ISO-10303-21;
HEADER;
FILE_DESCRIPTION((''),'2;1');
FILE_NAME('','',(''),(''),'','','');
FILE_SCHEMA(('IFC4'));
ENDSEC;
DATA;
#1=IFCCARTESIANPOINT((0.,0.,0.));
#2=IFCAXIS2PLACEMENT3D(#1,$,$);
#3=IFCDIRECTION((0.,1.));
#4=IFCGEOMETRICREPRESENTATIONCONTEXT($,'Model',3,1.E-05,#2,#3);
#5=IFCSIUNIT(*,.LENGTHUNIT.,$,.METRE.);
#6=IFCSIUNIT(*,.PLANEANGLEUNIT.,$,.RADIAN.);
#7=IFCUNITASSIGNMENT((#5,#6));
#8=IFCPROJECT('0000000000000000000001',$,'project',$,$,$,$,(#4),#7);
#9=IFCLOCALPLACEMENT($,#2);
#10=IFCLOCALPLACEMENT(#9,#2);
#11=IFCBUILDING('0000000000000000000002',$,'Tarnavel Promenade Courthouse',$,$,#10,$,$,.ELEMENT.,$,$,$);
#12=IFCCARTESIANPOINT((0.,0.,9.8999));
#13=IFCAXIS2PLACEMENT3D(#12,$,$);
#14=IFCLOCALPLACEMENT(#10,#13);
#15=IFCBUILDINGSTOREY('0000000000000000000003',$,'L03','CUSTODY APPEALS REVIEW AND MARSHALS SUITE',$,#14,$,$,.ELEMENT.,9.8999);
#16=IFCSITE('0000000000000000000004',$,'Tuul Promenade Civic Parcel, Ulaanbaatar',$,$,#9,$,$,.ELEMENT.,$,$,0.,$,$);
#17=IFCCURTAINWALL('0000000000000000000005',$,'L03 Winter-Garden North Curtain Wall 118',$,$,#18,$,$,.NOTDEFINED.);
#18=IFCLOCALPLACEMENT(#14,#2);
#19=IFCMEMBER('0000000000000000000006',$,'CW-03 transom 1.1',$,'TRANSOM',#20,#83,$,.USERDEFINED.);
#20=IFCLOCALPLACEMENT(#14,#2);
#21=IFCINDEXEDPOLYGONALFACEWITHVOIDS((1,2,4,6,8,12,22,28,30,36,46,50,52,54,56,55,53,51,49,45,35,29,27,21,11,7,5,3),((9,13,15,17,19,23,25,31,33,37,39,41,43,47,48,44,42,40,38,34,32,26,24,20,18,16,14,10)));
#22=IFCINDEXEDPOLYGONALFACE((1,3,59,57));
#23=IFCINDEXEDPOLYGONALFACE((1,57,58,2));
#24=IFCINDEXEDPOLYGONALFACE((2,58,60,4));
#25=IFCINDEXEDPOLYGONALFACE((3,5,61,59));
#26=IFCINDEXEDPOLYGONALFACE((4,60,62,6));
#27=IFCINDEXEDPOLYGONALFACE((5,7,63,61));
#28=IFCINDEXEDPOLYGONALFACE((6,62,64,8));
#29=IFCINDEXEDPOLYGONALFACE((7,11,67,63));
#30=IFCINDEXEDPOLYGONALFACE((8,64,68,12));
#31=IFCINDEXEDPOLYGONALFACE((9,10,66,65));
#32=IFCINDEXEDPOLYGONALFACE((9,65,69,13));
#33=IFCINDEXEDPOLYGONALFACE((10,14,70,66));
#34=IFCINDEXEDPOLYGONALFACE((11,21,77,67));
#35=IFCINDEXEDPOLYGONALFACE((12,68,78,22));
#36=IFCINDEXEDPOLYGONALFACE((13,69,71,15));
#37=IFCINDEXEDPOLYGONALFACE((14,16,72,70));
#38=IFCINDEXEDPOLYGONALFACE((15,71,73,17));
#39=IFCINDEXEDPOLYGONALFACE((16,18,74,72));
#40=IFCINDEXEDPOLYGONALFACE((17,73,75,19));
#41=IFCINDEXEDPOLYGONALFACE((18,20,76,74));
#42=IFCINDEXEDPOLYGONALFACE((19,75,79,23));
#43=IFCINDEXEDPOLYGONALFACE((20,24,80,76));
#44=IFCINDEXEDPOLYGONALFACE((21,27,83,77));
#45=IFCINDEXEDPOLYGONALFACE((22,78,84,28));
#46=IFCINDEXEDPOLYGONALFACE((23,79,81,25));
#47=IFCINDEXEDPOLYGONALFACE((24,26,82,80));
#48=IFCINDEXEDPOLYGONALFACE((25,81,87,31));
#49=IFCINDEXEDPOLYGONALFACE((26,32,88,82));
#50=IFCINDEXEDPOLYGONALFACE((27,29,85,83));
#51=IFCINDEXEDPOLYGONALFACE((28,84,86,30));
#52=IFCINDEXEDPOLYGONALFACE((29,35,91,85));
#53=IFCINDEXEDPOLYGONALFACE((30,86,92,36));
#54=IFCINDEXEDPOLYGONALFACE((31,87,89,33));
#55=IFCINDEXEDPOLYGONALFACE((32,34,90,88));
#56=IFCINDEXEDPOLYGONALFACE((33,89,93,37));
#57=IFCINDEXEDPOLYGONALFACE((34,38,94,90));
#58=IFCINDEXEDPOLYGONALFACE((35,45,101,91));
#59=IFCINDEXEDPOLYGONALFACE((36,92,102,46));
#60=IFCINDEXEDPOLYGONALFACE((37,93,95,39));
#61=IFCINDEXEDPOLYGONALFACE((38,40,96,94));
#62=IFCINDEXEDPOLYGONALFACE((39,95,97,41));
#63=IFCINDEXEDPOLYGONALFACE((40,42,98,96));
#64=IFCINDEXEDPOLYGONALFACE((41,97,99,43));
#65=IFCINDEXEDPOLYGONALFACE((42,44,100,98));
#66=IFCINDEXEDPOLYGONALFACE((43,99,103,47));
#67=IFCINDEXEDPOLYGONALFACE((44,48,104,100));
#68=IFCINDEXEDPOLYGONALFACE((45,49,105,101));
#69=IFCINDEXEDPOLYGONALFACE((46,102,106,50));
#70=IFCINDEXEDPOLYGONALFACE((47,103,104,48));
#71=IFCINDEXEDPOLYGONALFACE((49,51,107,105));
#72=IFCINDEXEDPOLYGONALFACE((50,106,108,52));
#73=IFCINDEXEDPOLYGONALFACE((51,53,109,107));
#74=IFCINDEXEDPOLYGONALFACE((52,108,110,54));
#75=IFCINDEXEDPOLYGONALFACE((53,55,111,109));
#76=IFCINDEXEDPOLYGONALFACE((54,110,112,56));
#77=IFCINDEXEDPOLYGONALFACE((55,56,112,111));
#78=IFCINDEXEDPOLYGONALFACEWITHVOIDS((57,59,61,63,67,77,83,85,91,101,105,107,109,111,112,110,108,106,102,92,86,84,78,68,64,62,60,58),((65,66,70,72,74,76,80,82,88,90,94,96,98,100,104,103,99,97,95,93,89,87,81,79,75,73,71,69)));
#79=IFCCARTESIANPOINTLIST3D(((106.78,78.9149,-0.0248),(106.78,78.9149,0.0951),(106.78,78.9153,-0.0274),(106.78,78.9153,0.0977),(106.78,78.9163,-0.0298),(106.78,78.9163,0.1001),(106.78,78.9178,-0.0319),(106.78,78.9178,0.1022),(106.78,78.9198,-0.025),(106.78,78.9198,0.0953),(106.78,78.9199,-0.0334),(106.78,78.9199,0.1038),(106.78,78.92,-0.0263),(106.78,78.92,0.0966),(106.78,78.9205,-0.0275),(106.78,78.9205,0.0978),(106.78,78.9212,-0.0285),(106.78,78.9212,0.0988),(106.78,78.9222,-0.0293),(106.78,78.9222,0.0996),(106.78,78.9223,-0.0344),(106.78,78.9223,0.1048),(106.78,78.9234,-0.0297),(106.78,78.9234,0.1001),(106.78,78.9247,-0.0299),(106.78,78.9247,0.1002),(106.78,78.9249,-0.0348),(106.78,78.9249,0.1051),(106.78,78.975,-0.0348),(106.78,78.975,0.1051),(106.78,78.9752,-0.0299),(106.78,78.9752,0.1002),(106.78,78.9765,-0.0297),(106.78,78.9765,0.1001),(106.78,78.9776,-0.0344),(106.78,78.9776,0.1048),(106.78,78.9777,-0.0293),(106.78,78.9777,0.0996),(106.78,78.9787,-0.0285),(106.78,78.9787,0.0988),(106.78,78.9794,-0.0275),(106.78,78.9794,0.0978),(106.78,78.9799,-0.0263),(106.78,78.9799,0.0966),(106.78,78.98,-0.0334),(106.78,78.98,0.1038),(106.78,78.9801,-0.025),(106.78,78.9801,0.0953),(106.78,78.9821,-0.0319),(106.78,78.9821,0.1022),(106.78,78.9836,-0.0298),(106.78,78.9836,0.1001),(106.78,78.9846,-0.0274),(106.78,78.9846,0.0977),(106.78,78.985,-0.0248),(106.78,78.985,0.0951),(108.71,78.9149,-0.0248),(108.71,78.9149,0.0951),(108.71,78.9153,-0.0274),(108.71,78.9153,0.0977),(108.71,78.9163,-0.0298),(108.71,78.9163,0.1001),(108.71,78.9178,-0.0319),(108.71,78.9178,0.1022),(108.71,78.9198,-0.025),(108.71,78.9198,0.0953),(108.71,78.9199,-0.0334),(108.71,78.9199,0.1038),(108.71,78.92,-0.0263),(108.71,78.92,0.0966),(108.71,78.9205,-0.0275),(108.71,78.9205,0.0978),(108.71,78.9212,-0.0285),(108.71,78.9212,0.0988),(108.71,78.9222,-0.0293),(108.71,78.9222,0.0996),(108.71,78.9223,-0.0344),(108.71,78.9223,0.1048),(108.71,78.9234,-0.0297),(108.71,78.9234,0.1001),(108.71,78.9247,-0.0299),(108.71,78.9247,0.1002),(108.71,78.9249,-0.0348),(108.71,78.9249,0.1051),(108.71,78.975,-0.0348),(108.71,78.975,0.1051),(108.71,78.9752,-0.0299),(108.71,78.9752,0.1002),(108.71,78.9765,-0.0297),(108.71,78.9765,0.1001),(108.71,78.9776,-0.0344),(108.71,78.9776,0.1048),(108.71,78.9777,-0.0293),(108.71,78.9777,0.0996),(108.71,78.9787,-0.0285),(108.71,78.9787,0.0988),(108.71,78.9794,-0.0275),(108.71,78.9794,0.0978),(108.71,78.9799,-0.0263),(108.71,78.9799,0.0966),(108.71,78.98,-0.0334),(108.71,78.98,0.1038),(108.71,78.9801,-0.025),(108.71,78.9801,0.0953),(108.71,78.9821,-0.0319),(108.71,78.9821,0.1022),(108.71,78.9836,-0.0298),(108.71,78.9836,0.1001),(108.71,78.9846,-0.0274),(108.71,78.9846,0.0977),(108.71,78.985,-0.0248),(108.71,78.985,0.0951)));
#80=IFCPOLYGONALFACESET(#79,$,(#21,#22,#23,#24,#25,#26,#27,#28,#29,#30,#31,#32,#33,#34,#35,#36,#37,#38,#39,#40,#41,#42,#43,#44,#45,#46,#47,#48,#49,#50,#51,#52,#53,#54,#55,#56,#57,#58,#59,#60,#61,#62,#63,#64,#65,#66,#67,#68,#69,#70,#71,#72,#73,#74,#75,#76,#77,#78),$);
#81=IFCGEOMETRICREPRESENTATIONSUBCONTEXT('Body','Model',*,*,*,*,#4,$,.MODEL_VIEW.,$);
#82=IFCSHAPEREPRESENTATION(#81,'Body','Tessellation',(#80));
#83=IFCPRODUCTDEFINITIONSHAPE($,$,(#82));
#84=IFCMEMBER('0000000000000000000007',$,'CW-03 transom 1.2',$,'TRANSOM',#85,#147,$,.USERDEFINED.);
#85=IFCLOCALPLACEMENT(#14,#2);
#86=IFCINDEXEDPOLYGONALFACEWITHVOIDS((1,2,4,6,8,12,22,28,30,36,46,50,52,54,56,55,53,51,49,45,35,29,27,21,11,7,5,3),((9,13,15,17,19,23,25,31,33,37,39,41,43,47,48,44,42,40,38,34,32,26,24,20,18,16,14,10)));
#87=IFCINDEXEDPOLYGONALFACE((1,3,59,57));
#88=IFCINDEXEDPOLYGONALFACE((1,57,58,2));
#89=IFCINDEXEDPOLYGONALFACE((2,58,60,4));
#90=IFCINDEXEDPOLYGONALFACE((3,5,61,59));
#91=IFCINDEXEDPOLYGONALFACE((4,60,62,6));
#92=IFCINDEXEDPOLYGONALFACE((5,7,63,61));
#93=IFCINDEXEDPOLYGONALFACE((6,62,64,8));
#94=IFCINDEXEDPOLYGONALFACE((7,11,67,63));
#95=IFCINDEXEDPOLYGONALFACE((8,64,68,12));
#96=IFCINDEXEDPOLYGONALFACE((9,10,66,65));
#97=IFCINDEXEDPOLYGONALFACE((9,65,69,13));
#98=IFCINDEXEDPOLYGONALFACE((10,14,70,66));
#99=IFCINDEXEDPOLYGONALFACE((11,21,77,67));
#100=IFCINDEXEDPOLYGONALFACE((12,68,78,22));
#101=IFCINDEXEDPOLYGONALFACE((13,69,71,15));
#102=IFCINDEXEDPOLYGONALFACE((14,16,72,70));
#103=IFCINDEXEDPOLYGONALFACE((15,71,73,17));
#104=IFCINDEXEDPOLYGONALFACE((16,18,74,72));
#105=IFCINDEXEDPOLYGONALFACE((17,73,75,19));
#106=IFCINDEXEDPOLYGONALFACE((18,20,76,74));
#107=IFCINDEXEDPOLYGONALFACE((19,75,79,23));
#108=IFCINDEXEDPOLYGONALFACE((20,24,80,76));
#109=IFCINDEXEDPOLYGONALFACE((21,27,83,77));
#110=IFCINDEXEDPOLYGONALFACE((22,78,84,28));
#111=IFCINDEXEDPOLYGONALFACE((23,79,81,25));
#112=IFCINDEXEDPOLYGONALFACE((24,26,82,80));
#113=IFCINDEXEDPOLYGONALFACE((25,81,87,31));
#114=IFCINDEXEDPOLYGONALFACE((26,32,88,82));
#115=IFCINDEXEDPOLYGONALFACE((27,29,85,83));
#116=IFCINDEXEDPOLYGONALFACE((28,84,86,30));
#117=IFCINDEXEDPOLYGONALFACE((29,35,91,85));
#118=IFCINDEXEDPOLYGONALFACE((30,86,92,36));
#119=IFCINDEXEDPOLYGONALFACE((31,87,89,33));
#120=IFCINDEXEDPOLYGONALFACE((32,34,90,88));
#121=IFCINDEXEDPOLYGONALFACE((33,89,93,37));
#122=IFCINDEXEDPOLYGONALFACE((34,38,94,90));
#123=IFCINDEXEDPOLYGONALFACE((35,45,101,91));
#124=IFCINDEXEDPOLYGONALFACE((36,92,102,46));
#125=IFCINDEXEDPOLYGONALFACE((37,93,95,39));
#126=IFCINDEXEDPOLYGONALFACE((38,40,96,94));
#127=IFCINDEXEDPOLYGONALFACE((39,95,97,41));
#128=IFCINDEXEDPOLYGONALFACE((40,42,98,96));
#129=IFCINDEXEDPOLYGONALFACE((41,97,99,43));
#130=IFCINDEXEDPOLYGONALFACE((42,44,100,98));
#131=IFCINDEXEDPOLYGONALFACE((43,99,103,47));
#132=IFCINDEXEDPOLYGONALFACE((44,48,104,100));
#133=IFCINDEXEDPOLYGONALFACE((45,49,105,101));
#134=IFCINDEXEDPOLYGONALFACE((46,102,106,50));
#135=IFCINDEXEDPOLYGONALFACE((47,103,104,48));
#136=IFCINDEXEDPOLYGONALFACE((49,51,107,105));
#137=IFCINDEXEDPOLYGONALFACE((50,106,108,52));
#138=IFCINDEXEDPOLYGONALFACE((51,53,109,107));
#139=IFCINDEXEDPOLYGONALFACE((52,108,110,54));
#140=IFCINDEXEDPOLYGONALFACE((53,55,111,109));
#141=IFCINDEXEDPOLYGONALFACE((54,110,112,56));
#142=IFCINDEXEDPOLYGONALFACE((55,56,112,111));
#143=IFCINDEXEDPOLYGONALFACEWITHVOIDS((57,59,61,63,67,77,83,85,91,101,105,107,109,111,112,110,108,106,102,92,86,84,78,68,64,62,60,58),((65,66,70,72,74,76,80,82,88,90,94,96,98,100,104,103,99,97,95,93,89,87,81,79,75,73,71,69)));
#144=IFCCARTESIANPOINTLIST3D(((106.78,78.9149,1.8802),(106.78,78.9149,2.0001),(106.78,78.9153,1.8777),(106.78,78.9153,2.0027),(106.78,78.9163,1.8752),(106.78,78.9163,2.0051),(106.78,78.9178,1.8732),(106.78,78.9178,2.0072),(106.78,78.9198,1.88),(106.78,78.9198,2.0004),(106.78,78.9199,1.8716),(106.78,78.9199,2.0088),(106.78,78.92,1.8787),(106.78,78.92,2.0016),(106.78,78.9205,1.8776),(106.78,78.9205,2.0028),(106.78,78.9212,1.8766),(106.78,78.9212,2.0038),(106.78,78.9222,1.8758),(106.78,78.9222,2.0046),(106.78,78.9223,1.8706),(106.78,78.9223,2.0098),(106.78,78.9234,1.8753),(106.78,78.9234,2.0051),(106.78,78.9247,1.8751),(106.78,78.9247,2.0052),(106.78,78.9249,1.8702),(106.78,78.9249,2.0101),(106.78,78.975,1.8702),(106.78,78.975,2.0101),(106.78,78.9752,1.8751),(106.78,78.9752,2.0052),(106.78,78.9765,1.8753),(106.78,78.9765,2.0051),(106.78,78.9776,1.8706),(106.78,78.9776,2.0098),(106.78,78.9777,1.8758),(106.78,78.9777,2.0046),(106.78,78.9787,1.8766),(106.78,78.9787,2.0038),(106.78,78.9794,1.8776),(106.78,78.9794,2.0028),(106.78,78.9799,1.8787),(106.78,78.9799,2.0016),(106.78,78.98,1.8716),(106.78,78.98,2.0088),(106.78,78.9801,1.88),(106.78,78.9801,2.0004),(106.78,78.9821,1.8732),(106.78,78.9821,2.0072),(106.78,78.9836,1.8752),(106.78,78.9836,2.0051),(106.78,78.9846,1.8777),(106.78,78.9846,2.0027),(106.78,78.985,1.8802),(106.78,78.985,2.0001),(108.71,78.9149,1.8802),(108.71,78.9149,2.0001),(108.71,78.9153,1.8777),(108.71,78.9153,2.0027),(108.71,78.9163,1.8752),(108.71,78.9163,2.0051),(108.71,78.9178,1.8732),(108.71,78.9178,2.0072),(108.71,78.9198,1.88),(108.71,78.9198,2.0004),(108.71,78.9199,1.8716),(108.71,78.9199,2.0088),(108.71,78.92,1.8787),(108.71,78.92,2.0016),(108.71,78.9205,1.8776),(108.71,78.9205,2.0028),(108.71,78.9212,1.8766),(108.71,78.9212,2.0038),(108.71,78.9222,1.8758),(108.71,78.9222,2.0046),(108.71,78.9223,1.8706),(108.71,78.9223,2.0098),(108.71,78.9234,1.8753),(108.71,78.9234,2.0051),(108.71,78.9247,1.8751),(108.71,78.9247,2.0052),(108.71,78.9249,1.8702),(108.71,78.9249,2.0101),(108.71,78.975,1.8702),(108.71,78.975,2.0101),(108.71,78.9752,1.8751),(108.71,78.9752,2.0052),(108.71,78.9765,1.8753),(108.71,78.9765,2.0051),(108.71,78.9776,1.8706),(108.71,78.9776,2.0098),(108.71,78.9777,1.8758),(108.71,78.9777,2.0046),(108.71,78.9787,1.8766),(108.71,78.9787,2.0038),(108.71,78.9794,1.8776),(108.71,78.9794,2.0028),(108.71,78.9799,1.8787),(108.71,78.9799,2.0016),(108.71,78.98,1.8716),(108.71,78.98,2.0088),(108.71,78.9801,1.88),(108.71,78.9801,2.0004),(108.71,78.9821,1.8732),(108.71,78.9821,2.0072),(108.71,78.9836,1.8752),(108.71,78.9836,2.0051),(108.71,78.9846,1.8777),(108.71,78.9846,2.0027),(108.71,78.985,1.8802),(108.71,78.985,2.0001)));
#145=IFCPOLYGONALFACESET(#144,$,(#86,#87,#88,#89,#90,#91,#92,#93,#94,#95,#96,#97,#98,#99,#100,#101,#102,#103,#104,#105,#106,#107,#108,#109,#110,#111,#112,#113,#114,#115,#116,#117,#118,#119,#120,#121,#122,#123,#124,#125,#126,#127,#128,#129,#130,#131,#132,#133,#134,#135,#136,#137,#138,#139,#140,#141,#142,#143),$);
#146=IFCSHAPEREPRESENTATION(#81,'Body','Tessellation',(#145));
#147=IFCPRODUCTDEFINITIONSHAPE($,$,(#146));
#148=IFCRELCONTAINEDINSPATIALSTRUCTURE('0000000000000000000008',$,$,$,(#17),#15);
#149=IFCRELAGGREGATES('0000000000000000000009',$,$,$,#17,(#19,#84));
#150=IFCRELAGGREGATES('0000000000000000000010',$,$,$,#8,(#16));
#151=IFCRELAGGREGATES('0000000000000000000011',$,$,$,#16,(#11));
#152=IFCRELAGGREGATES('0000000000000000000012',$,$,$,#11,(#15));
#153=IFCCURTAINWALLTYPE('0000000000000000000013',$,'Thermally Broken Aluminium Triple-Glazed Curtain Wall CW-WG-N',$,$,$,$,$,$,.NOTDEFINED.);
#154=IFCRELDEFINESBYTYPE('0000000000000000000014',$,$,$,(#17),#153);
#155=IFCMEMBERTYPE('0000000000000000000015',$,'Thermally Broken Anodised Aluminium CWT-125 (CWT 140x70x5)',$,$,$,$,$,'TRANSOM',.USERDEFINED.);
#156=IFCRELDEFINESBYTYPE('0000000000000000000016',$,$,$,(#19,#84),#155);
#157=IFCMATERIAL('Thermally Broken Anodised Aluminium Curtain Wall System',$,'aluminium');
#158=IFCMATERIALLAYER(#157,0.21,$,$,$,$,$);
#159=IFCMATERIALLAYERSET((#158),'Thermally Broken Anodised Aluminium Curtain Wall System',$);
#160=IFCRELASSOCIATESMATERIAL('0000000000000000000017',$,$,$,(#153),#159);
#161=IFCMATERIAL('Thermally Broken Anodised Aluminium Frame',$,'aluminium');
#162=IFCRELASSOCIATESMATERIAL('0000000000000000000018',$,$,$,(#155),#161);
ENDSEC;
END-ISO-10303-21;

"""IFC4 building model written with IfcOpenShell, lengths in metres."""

from ifc_helpers import new_model, si_unit, direction, frame, origin, origin_2d, place, context, subcontext, project, spatial, hollow_rectangle, extrude, material, layer, layer_set, material_profile, profile_set, type_object, element, aggregate, save


model = new_model("IFC4")

# Units and contexts
model_context = context("Model", 3, precision=1e-05, world=origin(), true_north=direction((0.0, 1.0)))
body_context = subcontext(model_context, "Body", "Model", "MODEL_VIEW")
ifc_project = project(units=[si_unit("LENGTHUNIT", "METRE"), si_unit("PLANEANGLEUNIT", "RADIAN")], contexts=[model_context])

# Site, building, storey
site_placement = place(None, origin())
site = spatial("IfcSite", under=ifc_project, at=site_placement, Name="Tuul Promenade Civic Parcel, Ulaanbaatar", CompositionType="ELEMENT", RefElevation=0.0)
building_placement = place(site_placement, origin())
building = spatial("IfcBuilding", under=site, at=building_placement, Name="Tarnavel Promenade Courthouse", CompositionType="ELEMENT")
storey_placement = place(building_placement, frame((0.0, 0.0, 9.8999)))
storey = spatial("IfcBuildingStorey", under=building, at=storey_placement, Name="L03", Description="CUSTODY APPEALS REVIEW AND MARSHALS SUITE", CompositionType="ELEMENT", Elevation=9.8999)

# Shared definitions
ifc_material_1 = material(Name="Thermally Broken Anodised Aluminium Curtain Wall System", Category="aluminium")
ifc_layer_1 = layer(ifc_material_1, 0.21)
ifc_layer_set_1 = layer_set([ifc_layer_1], Name="Thermally Broken Anodised Aluminium Curtain Wall System")
curtain_wall_type = type_object("IfcCurtainWallType", Name="Thermally Broken Aluminium Triple-Glazed Curtain Wall CW-WG-N", PredefinedType="NOTDEFINED", material=ifc_layer_set_1)
ifc_material_2 = material(Name="Thermally Broken Anodised Aluminium Frame", Category="aluminium")

# Curtain wall
curtain_wall_1_placement = place(storey_placement, origin())
curtain_wall_1 = element("IfcCurtainWall", 1, at=curtain_wall_1_placement, inside=storey, type_object=curtain_wall_type, Name="L03 Winter-Garden North Curtain Wall 118", PredefinedType="NOTDEFINED")

# Members
ifc_material_profile_1 = material_profile(ifc_material_2, hollow_rectangle(XDim=0.0701, YDim=0.1399, WallThickness=0.0049, InnerFilletRadius=0.0049, OuterFilletRadius=0.01, at=origin_2d()), Name="CWT 140x70x5")
ifc_profile_set_1 = profile_set([ifc_material_profile_1], Name="Thermally Broken Anodised Aluminium Frame")
member_type_1 = type_object("IfcMemberType", Name="Thermally Broken Anodised Aluminium CWT-125 (CWT 140x70x5)", ElementType="TRANSOM", PredefinedType="USERDEFINED", material=ifc_profile_set_1)
member_1_placement = place(storey_placement, frame((106.78, 78.95, 0.0352), z_axis=(1.0, 0.0, 0.0), x_axis=(0.0, 1.0, 0.0)))
member_1 = element("IfcMember", 2, at=member_1_placement, type_object=member_type_1, Name="CW-03 transom 1.1", ObjectType="TRANSOM", PredefinedType="USERDEFINED", context=body_context, shape_type="SweptSolid", body=[
    extrude(hollow_rectangle(XDim=0.0701, YDim=0.1399, WallThickness=0.0049, InnerFilletRadius=0.0049, OuterFilletRadius=0.01, at=origin_2d()), origin(), (0.0, 0.0, 1.0), 1.9299),
])
member_2_placement = place(storey_placement, frame((106.78, 78.95, 1.9402), z_axis=(1.0, 0.0, 0.0), x_axis=(0.0, 1.0, 0.0)))
member_2 = element("IfcMember", 3, at=member_2_placement, type_object=member_type_1, Name="CW-03 transom 1.2", ObjectType="TRANSOM", PredefinedType="USERDEFINED", context=body_context, shape_type="SweptSolid", body=[
    extrude(hollow_rectangle(XDim=0.0701, YDim=0.1399, WallThickness=0.0049, InnerFilletRadius=0.0049, OuterFilletRadius=0.01, at=origin_2d()), origin(), (0.0, 0.0, 1.0), 1.9299),
])
aggregate(curtain_wall_1, [member_1, member_2])

save(model, "model.ifc")
